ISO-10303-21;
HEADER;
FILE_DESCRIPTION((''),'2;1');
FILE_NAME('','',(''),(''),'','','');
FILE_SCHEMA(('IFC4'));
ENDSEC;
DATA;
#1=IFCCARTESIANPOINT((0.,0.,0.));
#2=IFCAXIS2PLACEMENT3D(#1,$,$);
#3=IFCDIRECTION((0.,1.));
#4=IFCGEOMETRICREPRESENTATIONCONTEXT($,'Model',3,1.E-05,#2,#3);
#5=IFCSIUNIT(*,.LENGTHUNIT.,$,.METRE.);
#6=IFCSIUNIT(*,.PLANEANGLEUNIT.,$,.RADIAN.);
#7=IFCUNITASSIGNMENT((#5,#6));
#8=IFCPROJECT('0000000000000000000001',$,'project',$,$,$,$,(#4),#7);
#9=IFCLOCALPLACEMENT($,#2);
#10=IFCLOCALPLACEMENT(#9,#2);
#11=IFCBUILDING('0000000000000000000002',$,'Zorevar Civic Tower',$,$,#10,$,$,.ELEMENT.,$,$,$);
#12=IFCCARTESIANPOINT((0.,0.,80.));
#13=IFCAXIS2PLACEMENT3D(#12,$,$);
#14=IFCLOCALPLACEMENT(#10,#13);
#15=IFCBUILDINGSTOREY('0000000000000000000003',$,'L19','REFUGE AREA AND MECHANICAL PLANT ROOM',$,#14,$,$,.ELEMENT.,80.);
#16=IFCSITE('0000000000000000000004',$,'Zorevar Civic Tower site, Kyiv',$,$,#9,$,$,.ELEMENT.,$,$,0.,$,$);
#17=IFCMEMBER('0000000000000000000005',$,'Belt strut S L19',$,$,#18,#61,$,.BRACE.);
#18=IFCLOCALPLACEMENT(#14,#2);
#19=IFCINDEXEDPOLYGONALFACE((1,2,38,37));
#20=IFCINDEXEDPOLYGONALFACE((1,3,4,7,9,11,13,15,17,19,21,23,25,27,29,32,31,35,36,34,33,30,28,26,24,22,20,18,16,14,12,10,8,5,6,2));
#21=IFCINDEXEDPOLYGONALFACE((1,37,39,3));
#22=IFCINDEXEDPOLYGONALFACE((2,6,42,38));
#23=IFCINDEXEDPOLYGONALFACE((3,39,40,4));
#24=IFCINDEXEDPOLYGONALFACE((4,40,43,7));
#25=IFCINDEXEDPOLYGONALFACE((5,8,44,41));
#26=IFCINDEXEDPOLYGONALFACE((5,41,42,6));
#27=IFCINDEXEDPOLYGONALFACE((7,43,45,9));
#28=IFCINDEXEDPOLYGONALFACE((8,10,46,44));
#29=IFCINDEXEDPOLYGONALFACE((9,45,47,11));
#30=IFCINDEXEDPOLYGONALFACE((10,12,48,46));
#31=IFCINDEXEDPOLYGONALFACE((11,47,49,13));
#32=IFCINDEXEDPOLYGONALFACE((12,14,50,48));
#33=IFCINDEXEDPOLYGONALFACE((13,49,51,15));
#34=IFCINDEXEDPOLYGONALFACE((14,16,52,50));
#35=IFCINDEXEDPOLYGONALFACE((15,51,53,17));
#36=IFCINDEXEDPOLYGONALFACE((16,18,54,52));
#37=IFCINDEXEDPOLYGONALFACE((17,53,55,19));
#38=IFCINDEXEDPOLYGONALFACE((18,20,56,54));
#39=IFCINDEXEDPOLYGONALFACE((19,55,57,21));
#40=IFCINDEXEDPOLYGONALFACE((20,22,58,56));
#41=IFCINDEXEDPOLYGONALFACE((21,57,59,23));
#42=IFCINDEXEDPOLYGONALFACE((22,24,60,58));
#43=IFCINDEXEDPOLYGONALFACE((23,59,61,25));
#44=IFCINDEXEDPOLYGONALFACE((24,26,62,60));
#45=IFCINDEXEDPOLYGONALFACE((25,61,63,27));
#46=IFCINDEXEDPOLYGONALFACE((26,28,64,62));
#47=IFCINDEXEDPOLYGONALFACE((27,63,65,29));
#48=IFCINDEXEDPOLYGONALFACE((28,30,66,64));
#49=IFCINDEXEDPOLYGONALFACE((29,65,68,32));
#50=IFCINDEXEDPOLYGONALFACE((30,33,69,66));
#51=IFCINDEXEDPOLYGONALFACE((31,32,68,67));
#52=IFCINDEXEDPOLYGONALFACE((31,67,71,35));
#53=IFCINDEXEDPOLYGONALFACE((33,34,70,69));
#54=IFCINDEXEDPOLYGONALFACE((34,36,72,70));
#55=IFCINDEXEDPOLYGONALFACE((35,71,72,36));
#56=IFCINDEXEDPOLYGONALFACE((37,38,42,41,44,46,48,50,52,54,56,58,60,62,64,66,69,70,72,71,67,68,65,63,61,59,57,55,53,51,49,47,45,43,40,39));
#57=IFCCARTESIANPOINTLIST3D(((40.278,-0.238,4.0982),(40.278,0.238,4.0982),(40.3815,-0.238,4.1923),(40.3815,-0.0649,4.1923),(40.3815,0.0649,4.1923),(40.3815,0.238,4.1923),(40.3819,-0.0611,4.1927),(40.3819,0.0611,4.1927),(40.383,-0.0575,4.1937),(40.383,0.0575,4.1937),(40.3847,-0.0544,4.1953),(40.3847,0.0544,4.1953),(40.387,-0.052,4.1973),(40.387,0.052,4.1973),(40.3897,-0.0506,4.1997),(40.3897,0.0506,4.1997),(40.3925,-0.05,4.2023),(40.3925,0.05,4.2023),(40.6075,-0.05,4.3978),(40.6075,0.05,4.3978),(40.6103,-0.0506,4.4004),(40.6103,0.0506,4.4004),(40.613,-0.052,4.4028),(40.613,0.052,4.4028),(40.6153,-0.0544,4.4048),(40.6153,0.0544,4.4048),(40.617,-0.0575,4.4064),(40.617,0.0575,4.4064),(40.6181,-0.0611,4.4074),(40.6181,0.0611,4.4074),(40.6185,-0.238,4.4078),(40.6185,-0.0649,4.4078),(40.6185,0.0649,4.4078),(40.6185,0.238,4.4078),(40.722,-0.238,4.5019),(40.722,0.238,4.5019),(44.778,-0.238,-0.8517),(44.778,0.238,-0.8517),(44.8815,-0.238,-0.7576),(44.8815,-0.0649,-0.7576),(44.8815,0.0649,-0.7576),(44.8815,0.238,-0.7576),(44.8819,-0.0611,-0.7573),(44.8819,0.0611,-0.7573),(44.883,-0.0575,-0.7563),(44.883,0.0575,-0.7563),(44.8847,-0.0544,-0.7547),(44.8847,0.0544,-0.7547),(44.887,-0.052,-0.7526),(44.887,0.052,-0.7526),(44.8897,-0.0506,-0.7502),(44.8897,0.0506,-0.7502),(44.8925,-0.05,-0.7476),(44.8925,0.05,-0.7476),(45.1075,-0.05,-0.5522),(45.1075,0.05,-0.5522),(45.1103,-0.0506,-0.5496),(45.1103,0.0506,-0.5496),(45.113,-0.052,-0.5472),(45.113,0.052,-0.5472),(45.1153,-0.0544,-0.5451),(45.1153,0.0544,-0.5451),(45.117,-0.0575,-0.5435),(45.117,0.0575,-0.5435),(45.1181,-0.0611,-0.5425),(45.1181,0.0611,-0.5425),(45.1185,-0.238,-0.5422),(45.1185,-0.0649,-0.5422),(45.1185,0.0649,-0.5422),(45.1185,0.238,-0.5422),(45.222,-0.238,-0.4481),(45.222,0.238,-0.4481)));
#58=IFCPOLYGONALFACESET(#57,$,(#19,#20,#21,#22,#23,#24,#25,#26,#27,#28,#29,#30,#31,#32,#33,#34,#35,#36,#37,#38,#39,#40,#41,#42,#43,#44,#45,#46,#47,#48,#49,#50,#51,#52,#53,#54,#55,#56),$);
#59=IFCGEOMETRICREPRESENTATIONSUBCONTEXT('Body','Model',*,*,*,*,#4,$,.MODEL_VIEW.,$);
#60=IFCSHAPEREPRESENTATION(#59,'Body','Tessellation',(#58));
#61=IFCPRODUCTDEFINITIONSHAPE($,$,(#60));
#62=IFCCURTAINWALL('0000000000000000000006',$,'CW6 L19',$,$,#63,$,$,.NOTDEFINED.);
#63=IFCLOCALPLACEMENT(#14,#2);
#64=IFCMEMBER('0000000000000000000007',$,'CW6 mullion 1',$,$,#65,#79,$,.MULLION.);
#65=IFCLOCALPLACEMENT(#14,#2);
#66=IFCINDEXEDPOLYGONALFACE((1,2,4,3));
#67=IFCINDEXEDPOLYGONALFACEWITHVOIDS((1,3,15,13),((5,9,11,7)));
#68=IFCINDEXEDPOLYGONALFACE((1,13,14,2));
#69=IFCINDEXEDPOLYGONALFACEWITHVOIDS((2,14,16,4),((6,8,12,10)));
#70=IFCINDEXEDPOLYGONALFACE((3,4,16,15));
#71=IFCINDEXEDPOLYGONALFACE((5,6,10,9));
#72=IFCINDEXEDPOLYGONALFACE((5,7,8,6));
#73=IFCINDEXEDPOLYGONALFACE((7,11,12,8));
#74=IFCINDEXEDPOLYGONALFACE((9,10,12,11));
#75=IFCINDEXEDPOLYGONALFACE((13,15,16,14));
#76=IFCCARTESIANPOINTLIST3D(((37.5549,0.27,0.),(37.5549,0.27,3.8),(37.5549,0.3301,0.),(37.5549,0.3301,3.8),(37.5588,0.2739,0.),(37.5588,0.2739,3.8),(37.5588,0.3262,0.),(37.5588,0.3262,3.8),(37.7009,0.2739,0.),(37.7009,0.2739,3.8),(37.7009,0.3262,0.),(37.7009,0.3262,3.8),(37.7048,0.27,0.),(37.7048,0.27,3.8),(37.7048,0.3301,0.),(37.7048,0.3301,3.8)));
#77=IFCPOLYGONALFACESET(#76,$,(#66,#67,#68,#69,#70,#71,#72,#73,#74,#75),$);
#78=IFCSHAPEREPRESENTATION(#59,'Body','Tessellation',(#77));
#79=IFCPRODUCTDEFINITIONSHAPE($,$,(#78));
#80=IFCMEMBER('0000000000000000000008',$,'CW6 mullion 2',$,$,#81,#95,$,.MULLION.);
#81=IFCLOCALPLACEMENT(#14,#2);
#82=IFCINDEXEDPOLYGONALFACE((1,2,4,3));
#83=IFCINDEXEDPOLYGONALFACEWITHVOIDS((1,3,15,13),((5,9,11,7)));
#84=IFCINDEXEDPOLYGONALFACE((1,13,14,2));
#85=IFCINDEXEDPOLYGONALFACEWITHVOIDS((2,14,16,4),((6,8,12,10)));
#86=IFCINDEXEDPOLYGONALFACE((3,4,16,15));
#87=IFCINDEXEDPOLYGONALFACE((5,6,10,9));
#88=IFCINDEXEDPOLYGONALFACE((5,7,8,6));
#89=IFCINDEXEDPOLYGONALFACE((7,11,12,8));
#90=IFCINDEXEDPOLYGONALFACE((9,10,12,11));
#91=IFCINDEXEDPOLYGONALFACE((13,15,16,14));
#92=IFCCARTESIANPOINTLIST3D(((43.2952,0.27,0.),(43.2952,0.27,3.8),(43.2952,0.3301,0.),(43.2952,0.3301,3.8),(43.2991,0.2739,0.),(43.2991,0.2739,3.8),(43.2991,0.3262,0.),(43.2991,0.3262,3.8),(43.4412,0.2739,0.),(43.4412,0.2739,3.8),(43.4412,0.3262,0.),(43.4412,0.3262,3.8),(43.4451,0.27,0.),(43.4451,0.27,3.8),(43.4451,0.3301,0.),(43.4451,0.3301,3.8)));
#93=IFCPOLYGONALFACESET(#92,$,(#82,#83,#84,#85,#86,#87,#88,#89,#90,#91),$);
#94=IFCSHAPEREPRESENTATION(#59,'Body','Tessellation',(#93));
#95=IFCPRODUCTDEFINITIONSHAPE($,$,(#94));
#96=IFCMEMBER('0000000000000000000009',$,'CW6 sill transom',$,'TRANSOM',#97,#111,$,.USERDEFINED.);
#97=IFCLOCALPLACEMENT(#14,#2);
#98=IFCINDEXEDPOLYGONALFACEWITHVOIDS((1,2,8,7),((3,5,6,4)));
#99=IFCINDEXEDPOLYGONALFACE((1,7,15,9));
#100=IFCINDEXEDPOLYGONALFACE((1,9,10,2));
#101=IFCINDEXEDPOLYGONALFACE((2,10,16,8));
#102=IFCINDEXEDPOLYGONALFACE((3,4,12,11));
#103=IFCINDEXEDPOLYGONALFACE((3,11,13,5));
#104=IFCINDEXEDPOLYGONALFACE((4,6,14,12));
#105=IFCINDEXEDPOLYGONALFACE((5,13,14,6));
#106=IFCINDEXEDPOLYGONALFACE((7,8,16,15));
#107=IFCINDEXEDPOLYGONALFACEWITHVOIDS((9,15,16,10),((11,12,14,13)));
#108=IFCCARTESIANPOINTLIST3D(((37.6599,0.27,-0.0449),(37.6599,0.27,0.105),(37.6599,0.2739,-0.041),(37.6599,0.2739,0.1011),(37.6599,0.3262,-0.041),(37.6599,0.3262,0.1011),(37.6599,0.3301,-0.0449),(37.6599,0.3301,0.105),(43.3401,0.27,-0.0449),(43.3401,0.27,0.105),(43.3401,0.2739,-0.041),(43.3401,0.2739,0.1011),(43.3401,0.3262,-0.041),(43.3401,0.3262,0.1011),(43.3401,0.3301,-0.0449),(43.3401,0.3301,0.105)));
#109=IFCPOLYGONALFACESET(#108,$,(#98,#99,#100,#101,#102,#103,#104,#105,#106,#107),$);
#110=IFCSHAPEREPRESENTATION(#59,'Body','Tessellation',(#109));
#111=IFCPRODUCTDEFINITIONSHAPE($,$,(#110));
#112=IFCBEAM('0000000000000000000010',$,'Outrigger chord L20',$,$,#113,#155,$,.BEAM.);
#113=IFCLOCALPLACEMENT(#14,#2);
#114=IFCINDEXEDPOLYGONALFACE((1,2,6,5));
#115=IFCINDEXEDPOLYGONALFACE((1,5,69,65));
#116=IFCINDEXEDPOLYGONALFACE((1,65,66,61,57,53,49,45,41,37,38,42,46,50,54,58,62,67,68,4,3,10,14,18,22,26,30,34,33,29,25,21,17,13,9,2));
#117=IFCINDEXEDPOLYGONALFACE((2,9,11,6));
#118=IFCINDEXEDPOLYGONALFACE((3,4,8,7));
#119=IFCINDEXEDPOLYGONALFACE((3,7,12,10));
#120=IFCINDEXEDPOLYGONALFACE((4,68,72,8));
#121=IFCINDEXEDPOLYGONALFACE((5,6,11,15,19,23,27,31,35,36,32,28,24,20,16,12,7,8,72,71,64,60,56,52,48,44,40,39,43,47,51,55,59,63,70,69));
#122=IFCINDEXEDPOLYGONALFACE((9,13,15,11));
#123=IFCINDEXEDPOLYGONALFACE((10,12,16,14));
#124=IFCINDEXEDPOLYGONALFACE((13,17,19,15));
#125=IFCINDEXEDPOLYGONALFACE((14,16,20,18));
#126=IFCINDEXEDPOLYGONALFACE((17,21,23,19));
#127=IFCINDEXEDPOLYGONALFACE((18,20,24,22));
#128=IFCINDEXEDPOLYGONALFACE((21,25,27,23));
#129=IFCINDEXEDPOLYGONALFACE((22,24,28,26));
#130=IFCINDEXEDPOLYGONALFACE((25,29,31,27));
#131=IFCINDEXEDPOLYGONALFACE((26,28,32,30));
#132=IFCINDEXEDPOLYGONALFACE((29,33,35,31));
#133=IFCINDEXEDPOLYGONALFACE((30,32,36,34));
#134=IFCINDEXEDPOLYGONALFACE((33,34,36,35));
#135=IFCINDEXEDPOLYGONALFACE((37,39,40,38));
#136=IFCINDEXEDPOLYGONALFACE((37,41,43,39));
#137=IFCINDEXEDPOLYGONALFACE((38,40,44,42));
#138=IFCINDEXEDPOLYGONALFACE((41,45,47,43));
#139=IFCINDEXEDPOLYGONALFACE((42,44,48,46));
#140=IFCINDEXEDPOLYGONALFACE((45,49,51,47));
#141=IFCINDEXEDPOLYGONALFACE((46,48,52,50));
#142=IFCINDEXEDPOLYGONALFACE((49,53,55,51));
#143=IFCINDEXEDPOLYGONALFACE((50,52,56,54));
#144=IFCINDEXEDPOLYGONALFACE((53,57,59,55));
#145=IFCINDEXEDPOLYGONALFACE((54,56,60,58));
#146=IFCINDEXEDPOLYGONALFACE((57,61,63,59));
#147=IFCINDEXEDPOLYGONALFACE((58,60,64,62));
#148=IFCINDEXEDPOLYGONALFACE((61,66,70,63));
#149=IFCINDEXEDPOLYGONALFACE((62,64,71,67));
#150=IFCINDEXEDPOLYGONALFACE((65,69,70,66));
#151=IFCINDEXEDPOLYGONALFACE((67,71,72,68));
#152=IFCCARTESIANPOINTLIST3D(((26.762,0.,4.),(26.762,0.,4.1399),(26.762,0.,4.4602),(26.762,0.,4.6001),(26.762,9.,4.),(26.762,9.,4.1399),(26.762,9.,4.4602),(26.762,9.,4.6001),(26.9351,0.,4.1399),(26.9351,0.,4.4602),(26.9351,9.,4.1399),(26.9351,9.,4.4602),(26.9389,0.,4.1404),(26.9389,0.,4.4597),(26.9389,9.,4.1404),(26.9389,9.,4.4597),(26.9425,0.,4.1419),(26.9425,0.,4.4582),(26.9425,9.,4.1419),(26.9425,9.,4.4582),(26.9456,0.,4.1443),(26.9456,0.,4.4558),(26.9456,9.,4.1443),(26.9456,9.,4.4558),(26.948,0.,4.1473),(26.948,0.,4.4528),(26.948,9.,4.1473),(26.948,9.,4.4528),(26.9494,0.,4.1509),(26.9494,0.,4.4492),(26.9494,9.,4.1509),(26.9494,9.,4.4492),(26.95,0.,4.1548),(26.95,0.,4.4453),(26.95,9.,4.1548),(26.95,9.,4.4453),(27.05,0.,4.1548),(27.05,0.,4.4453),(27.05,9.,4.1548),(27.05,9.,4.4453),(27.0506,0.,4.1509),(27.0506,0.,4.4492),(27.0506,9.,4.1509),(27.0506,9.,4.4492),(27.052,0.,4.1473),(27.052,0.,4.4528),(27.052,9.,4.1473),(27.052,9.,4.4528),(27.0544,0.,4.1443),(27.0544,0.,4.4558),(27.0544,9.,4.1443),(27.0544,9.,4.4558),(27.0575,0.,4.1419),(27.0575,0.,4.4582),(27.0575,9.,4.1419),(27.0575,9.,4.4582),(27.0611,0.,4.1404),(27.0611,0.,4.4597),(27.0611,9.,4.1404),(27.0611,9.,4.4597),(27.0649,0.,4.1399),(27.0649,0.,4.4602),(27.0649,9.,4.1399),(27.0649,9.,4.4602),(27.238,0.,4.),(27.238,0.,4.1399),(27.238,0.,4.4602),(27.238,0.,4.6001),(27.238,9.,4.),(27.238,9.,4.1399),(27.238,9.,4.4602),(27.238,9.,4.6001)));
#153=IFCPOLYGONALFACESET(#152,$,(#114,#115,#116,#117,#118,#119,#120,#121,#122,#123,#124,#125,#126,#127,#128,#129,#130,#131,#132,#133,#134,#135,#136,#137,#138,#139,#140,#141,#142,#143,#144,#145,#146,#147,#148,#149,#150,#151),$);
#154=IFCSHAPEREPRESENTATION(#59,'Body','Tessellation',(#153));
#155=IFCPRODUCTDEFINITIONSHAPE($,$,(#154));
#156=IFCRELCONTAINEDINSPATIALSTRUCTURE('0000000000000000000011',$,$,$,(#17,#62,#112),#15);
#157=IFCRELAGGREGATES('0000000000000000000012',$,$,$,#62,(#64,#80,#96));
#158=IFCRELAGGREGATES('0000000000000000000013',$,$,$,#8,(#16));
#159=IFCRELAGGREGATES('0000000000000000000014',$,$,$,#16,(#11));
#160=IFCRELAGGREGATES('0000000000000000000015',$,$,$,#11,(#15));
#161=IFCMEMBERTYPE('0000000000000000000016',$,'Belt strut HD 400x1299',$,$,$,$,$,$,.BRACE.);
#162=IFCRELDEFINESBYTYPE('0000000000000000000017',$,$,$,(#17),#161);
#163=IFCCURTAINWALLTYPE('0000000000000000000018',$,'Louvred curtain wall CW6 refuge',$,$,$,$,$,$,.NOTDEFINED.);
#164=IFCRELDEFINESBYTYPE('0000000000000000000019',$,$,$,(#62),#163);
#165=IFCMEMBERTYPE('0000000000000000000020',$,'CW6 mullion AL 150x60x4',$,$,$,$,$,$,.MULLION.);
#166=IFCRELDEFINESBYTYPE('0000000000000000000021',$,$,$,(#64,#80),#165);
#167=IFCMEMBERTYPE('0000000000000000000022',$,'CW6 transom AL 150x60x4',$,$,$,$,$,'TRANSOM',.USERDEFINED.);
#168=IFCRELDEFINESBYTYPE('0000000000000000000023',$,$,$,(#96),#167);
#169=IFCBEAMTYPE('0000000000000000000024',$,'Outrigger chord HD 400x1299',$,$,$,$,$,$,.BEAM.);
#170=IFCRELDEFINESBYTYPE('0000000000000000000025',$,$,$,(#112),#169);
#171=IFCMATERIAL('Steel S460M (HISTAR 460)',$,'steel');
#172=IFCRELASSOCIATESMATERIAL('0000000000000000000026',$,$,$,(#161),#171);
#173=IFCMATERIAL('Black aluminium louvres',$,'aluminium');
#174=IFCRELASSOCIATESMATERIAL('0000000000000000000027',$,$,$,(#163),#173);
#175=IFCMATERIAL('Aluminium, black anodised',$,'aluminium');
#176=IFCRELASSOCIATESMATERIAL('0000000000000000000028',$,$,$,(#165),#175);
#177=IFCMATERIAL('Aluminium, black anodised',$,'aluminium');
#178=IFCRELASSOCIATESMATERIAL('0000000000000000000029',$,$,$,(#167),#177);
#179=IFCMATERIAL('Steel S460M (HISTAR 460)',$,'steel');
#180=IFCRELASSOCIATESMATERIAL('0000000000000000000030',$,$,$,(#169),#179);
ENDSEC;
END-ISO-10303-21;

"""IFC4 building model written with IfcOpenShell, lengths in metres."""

from ifc_helpers import new_model, si_unit, direction, frame, origin, origin_2d, place, context, subcontext, project, spatial, hollow_rectangle, i_section, extrude, material, material_profile, profile_set, type_object, element, aggregate, save


model = new_model("IFC4")

# Units and contexts
model_context = context("Model", 3, precision=1e-05, world=origin(), true_north=direction((0.0, 1.0)))
body_context = subcontext(model_context, "Body", "Model", "MODEL_VIEW")
ifc_project = project(units=[si_unit("LENGTHUNIT", "METRE"), si_unit("PLANEANGLEUNIT", "RADIAN")], contexts=[model_context])

# Site, building, storey
site_placement = place(None, origin())
site = spatial("IfcSite", under=ifc_project, at=site_placement, Name="Zorevar Civic Tower site, Kyiv", CompositionType="ELEMENT", RefElevation=0.0)
building_placement = place(site_placement, origin())
building = spatial("IfcBuilding", under=site, at=building_placement, Name="Zorevar Civic Tower", CompositionType="ELEMENT")
storey_placement = place(building_placement, frame((0.0, 0.0, 80.0)))
storey = spatial("IfcBuildingStorey", under=building, at=storey_placement, Name="L19", Description="REFUGE AREA AND MECHANICAL PLANT ROOM", CompositionType="ELEMENT", Elevation=80.0)

# Member
ifc_material_1 = material(Name="Steel S460M (HISTAR 460)", Category="steel")
ifc_material_profile_1 = material_profile(ifc_material_1, i_section(OverallWidth=0.4761, OverallDepth=0.6001, WebThickness=0.1001, FlangeThickness=0.1399, FilletRadius=0.0149, at=origin_2d()), Name="HD 400x1299")
ifc_profile_set_1 = profile_set([ifc_material_profile_1], Name="Steel S460M (HISTAR 460)")
member_type_1 = type_object("IfcMemberType", Name="Belt strut HD 400x1299", PredefinedType="BRACE", material=ifc_profile_set_1)
for number, where, z_axis, x_axis, name in (
    (1, (45.0, 0.0, -0.6499), (-0.672676, 0.0, 0.739937), (0.0, -1.0, 0.0), "Belt strut S L19"),
):
    element("IfcMember", number, at=place(storey_placement, frame(where, z_axis=z_axis, x_axis=x_axis)), inside=storey, type_object=member_type_1, Name=name, PredefinedType="BRACE", context=body_context, shape_type="SweptSolid", body=[
        extrude(i_section(OverallWidth=0.4761, OverallDepth=0.6001, WebThickness=0.1001, FlangeThickness=0.1399, FilletRadius=0.0149, at=origin_2d()), origin(), (0.0, 0.0, 1.0), 6.6897),
    ])

# Curtain wall, members
ifc_material_2 = material(Name="Black aluminium louvres", Category="aluminium")
curtain_wall_type = type_object("IfcCurtainWallType", Name="Louvred curtain wall CW6 refuge", PredefinedType="NOTDEFINED", material=ifc_material_2)
curtain_wall_placement = place(storey_placement, origin())
curtain_wall = element("IfcCurtainWall", 2, at=curtain_wall_placement, inside=storey, type_object=curtain_wall_type, Name="CW6 L19", PredefinedType="NOTDEFINED")
ifc_material_3 = material(Name="Aluminium, black anodised", Category="aluminium")
ifc_material_profile_2 = material_profile(ifc_material_3, hollow_rectangle(XDim=0.0601, YDim=0.1499, WallThickness=0.0039, at=origin_2d()), Name="AL 150x60x4")
ifc_profile_set_2 = profile_set([ifc_material_profile_2], Name="Aluminium, black anodised")
member_type_2 = type_object("IfcMemberType", Name="CW6 mullion AL 150x60x4", PredefinedType="MULLION", material=ifc_profile_set_2)
member_1_placement = place(storey_placement, frame((37.6299, 0.3, 0.0), z_axis=(0.0, 0.0, 1.0), x_axis=(0.0, 1.0, 0.0)))
member_1 = element("IfcMember", 3, at=member_1_placement, type_object=member_type_2, Name="CW6 mullion 1", PredefinedType="MULLION", context=body_context, shape_type="SweptSolid", body=[
    extrude(hollow_rectangle(XDim=0.0601, YDim=0.1499, WallThickness=0.0039, at=origin_2d()), origin(), (0.0, 0.0, 1.0), 3.8),
])
member_2_placement = place(storey_placement, frame((43.3701, 0.3, 0.0), z_axis=(0.0, 0.0, 1.0), x_axis=(0.0, 1.0, 0.0)))
member_2 = element("IfcMember", 4, at=member_2_placement, type_object=member_type_2, Name="CW6 mullion 2", PredefinedType="MULLION", context=body_context, shape_type="SweptSolid", body=[
    extrude(hollow_rectangle(XDim=0.0601, YDim=0.1499, WallThickness=0.0039, at=origin_2d()), origin(), (0.0, 0.0, 1.0), 3.8),
])
ifc_material_4 = material(Name="Aluminium, black anodised", Category="aluminium")
ifc_material_profile_3 = material_profile(ifc_material_4, hollow_rectangle(XDim=0.0601, YDim=0.1499, WallThickness=0.0039, at=origin_2d()), Name="AL 150x60x4")
ifc_profile_set_3 = profile_set([ifc_material_profile_3], Name="Aluminium, black anodised")
member_type_3 = type_object("IfcMemberType", Name="CW6 transom AL 150x60x4", ElementType="TRANSOM", PredefinedType="USERDEFINED", material=ifc_profile_set_3)
member_3_placement = place(storey_placement, frame((37.6599, 0.3, 0.03), z_axis=(1.0, 0.0, 0.0), x_axis=(0.0, 1.0, 0.0)))
member_3 = element("IfcMember", 5, at=member_3_placement, type_object=member_type_3, Name="CW6 sill transom", ObjectType="TRANSOM", PredefinedType="USERDEFINED", context=body_context, shape_type="SweptSolid", body=[
    extrude(hollow_rectangle(XDim=0.0601, YDim=0.1499, WallThickness=0.0039, at=origin_2d()), origin(), (0.0, 0.0, 1.0), 5.6802),
])

# Beam
ifc_material_5 = material(Name="Steel S460M (HISTAR 460)", Category="steel")
ifc_material_profile_4 = material_profile(ifc_material_5, i_section(OverallWidth=0.4761, OverallDepth=0.6001, WebThickness=0.1001, FlangeThickness=0.1399, FilletRadius=0.0149, at=origin_2d()), Name="HD 400x1299")
ifc_profile_set_4 = profile_set([ifc_material_profile_4], Name="Steel S460M (HISTAR 460)")
beam_type_1 = type_object("IfcBeamType", Name="Outrigger chord HD 400x1299", PredefinedType="BEAM", material=ifc_profile_set_4)
beam_1_placement = place(storey_placement, frame((27.0, 0.0, 4.3), z_axis=(0.0, 1.0, 0.0), x_axis=(-1.0, 0.0, 0.0)))
element("IfcBeam", 6, at=beam_1_placement, inside=storey, type_object=beam_type_1, Name="Outrigger chord L20", PredefinedType="BEAM", context=body_context, shape_type="SweptSolid", body=[
    extrude(i_section(OverallWidth=0.4761, OverallDepth=0.6001, WebThickness=0.1001, FlangeThickness=0.1399, FilletRadius=0.0149, at=origin_2d()), origin(), (0.0, 0.0, 1.0), 9.0),
])

aggregate(curtain_wall, [member_1, member_2, member_3])

save(model, "model.ifc")
